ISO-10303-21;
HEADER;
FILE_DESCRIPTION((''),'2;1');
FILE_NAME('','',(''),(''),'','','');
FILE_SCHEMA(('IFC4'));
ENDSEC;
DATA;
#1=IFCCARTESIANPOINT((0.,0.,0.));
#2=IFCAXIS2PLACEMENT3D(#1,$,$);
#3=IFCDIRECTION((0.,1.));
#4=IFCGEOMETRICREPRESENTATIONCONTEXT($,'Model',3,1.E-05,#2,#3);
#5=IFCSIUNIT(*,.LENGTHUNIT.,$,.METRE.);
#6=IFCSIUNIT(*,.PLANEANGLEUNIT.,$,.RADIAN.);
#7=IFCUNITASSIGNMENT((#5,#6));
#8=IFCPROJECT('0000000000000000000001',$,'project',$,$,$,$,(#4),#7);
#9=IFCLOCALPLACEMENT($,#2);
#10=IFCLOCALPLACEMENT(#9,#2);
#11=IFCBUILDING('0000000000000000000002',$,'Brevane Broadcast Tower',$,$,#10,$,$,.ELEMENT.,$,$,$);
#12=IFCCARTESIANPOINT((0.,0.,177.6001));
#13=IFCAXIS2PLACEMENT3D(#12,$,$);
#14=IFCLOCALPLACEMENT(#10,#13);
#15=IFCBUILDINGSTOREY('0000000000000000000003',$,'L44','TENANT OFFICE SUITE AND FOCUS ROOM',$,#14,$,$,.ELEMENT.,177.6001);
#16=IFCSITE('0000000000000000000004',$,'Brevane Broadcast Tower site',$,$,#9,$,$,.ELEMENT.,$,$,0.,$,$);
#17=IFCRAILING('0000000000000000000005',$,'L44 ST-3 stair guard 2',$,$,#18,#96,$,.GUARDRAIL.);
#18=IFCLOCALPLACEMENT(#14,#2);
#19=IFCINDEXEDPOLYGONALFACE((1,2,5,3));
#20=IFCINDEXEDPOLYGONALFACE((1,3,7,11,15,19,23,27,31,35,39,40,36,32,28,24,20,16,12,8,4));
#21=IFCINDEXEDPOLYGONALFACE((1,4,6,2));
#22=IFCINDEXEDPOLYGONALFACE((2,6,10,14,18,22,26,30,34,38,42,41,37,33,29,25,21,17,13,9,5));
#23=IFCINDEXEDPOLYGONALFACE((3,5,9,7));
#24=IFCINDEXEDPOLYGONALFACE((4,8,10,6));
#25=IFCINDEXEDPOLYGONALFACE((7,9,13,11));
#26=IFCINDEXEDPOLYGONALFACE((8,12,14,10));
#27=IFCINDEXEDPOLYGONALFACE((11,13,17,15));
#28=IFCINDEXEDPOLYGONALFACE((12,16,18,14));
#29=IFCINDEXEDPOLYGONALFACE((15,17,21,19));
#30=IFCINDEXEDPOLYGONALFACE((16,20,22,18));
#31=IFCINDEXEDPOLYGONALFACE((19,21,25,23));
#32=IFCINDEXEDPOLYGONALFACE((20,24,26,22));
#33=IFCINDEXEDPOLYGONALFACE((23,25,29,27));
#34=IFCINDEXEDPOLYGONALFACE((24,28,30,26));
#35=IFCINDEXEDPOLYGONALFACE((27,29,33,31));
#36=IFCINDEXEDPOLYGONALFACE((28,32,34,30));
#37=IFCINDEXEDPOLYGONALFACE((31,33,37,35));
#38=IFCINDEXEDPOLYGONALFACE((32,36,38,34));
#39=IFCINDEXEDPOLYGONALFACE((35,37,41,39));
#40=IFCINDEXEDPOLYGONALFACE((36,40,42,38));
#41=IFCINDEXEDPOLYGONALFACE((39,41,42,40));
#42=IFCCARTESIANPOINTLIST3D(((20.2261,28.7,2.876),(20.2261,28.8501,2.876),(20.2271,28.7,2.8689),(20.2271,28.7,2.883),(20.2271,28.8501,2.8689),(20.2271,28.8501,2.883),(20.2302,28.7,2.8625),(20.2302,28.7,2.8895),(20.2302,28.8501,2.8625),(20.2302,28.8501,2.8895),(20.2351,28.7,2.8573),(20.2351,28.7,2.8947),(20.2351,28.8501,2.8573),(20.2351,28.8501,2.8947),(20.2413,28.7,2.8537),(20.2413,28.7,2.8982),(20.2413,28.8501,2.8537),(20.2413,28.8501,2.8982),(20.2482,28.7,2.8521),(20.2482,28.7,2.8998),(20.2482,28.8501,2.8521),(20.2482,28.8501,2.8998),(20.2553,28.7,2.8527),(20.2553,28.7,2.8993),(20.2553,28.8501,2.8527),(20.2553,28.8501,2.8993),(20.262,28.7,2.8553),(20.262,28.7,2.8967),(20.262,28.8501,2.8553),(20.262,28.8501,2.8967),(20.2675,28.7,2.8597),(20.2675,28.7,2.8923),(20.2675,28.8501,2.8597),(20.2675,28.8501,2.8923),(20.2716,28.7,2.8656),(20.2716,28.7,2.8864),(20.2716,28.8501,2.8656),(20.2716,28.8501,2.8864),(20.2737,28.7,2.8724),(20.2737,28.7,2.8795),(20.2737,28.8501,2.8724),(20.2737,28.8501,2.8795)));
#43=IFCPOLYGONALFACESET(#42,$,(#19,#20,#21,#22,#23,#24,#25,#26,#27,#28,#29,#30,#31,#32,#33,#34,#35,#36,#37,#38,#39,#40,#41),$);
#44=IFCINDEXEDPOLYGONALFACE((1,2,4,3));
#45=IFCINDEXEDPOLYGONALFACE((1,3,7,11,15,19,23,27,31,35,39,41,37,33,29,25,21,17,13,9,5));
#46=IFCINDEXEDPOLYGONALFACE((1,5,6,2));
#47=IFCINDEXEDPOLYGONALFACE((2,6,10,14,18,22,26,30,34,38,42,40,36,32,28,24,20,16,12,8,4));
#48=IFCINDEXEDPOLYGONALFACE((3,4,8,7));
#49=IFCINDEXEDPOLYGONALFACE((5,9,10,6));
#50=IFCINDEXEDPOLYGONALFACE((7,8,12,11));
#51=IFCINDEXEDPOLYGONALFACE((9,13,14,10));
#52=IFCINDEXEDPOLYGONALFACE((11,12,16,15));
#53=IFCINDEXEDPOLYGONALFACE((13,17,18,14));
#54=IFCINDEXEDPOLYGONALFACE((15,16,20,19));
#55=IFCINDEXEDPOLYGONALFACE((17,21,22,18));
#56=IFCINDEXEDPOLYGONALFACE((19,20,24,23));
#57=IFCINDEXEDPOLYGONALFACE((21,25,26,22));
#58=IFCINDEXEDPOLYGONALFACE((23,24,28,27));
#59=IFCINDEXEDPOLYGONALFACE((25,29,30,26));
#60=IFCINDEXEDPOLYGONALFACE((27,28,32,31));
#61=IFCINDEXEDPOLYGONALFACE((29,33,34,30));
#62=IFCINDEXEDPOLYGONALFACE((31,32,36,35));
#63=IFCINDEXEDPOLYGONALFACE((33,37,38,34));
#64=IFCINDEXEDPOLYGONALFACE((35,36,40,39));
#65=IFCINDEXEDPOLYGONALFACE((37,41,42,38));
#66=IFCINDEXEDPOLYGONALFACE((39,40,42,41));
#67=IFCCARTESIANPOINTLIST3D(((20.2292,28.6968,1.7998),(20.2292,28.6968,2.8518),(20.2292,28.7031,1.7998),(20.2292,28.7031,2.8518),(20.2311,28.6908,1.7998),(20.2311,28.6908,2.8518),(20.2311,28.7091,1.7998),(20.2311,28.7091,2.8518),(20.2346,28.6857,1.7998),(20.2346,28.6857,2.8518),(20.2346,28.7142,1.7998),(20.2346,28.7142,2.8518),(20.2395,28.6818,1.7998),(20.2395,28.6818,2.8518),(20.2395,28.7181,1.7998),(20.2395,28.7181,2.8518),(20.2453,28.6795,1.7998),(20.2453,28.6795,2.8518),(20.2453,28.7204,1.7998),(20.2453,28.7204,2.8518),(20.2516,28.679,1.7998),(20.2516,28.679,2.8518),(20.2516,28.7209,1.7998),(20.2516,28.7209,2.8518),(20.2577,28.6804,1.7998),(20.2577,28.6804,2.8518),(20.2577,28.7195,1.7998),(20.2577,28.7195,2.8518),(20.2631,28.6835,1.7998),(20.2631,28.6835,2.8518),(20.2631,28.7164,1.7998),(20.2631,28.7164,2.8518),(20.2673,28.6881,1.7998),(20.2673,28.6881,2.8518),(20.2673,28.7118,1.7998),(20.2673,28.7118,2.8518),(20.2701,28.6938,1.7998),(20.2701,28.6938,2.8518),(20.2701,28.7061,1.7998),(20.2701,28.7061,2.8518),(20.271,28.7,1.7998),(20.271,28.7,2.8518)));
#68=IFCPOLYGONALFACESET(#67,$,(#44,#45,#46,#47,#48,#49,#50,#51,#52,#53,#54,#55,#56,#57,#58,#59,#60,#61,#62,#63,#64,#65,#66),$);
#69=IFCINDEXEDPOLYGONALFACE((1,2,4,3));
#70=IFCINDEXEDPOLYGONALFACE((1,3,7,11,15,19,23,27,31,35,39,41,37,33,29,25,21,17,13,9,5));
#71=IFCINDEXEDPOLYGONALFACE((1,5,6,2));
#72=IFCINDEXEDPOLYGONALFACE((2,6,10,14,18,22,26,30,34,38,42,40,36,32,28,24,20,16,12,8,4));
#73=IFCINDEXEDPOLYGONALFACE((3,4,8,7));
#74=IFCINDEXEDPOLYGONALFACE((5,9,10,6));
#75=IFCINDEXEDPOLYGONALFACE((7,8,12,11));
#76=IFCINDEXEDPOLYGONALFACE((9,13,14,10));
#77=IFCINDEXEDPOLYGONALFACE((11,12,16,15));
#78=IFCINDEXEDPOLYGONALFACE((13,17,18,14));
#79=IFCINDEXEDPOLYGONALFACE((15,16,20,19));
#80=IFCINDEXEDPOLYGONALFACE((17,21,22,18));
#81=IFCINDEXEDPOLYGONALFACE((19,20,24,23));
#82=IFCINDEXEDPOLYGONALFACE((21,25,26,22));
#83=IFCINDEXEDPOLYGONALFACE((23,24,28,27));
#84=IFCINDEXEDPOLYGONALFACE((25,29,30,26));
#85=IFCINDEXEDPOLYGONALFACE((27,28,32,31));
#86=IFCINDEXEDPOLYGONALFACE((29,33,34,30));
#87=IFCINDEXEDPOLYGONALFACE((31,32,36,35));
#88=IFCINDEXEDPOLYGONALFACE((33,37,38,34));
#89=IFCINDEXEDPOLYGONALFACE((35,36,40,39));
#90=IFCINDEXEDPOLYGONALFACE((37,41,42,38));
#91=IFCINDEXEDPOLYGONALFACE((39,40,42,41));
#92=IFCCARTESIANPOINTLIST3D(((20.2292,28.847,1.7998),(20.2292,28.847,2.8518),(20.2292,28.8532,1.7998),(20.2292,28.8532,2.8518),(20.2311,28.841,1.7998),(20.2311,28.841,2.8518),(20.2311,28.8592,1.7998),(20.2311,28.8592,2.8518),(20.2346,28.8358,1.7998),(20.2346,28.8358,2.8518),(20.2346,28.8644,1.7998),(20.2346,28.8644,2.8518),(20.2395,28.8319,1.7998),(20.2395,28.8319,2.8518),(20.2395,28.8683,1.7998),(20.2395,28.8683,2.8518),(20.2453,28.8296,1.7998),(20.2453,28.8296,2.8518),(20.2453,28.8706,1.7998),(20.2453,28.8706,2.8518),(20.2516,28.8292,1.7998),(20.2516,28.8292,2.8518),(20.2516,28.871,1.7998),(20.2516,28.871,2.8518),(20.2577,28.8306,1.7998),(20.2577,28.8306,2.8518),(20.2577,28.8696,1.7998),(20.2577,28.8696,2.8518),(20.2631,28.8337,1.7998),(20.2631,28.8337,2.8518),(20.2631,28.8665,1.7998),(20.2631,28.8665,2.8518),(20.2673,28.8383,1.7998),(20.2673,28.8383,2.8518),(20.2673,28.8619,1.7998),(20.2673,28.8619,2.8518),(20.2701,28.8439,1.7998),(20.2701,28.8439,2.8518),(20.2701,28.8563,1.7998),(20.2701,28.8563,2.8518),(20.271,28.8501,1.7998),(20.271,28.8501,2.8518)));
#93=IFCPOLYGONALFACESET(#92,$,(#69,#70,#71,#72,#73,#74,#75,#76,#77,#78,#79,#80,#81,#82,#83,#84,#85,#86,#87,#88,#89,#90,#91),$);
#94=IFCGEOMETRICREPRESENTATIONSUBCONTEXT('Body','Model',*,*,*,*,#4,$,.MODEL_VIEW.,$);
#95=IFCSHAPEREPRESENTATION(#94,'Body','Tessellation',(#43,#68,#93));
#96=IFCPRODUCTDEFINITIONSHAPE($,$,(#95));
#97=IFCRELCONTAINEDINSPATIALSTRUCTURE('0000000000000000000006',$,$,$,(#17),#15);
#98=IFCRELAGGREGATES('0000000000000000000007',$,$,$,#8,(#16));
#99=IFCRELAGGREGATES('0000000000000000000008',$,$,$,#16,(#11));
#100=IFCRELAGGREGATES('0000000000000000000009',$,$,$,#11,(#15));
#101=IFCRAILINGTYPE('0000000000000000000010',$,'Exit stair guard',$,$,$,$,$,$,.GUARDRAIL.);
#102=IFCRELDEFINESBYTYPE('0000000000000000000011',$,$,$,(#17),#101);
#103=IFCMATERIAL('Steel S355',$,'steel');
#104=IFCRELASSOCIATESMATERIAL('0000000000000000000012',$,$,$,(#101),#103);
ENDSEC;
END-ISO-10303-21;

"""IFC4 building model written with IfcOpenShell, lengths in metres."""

from ifc_helpers import new_model, si_unit, direction, frame, origin, origin_2d, place, context, subcontext, project, spatial, circle, extrude, material, type_object, element, save


model = new_model("IFC4")

# Units and contexts
model_context = context("Model", 3, precision=1e-05, world=origin(), true_north=direction((0.0, 1.0)))
body_context = subcontext(model_context, "Body", "Model", "MODEL_VIEW")
ifc_project = project(units=[si_unit("LENGTHUNIT", "METRE"), si_unit("PLANEANGLEUNIT", "RADIAN")], contexts=[model_context])

# Site, building, storey
site_placement = place(None, origin())
site = spatial("IfcSite", under=ifc_project, at=site_placement, Name="Brevane Broadcast Tower site", CompositionType="ELEMENT", RefElevation=0.0)
building_placement = place(site_placement, origin())
building = spatial("IfcBuilding", under=site, at=building_placement, Name="Brevane Broadcast Tower", CompositionType="ELEMENT")
storey_placement = place(building_placement, frame((0.0, 0.0, 177.6001)))
storey = spatial("IfcBuildingStorey", under=building, at=storey_placement, Name="L44", Description="TENANT OFFICE SUITE AND FOCUS ROOM", CompositionType="ELEMENT", Elevation=177.6001)

# Railing
ifc_material_1 = material(Name="Steel S355", Category="steel")
railing_type_1 = type_object("IfcRailingType", Name="Exit stair guard", PredefinedType="GUARDRAIL", material=ifc_material_1)
railing_1_placement = place(storey_placement, frame((20.25, 28.7, 1.7998)))
element("IfcRailing", 1, at=railing_1_placement, inside=storey, type_object=railing_type_1, Name="L44 ST-3 stair guard 2", PredefinedType="GUARDRAIL", context=body_context, shape_type="SweptSolid", body=[
    extrude(circle(Radius=0.0239, at=origin_2d()), frame((0.0, 0.0, 1.0762), z_axis=(0.0, 1.0, 0.0), x_axis=(-1.0, 0.0, 0.0)), (0.0, 0.0, 1.0), 0.1501),
    extrude(circle(Radius=0.021, at=origin_2d()), origin(), (0.0, 0.0, 1.0), 1.052),
    extrude(circle(Radius=0.021, at=origin_2d()), frame((0.0, 0.1501, 0.0)), (0.0, 0.0, 1.0), 1.052),
])

save(model, "model.ifc")
